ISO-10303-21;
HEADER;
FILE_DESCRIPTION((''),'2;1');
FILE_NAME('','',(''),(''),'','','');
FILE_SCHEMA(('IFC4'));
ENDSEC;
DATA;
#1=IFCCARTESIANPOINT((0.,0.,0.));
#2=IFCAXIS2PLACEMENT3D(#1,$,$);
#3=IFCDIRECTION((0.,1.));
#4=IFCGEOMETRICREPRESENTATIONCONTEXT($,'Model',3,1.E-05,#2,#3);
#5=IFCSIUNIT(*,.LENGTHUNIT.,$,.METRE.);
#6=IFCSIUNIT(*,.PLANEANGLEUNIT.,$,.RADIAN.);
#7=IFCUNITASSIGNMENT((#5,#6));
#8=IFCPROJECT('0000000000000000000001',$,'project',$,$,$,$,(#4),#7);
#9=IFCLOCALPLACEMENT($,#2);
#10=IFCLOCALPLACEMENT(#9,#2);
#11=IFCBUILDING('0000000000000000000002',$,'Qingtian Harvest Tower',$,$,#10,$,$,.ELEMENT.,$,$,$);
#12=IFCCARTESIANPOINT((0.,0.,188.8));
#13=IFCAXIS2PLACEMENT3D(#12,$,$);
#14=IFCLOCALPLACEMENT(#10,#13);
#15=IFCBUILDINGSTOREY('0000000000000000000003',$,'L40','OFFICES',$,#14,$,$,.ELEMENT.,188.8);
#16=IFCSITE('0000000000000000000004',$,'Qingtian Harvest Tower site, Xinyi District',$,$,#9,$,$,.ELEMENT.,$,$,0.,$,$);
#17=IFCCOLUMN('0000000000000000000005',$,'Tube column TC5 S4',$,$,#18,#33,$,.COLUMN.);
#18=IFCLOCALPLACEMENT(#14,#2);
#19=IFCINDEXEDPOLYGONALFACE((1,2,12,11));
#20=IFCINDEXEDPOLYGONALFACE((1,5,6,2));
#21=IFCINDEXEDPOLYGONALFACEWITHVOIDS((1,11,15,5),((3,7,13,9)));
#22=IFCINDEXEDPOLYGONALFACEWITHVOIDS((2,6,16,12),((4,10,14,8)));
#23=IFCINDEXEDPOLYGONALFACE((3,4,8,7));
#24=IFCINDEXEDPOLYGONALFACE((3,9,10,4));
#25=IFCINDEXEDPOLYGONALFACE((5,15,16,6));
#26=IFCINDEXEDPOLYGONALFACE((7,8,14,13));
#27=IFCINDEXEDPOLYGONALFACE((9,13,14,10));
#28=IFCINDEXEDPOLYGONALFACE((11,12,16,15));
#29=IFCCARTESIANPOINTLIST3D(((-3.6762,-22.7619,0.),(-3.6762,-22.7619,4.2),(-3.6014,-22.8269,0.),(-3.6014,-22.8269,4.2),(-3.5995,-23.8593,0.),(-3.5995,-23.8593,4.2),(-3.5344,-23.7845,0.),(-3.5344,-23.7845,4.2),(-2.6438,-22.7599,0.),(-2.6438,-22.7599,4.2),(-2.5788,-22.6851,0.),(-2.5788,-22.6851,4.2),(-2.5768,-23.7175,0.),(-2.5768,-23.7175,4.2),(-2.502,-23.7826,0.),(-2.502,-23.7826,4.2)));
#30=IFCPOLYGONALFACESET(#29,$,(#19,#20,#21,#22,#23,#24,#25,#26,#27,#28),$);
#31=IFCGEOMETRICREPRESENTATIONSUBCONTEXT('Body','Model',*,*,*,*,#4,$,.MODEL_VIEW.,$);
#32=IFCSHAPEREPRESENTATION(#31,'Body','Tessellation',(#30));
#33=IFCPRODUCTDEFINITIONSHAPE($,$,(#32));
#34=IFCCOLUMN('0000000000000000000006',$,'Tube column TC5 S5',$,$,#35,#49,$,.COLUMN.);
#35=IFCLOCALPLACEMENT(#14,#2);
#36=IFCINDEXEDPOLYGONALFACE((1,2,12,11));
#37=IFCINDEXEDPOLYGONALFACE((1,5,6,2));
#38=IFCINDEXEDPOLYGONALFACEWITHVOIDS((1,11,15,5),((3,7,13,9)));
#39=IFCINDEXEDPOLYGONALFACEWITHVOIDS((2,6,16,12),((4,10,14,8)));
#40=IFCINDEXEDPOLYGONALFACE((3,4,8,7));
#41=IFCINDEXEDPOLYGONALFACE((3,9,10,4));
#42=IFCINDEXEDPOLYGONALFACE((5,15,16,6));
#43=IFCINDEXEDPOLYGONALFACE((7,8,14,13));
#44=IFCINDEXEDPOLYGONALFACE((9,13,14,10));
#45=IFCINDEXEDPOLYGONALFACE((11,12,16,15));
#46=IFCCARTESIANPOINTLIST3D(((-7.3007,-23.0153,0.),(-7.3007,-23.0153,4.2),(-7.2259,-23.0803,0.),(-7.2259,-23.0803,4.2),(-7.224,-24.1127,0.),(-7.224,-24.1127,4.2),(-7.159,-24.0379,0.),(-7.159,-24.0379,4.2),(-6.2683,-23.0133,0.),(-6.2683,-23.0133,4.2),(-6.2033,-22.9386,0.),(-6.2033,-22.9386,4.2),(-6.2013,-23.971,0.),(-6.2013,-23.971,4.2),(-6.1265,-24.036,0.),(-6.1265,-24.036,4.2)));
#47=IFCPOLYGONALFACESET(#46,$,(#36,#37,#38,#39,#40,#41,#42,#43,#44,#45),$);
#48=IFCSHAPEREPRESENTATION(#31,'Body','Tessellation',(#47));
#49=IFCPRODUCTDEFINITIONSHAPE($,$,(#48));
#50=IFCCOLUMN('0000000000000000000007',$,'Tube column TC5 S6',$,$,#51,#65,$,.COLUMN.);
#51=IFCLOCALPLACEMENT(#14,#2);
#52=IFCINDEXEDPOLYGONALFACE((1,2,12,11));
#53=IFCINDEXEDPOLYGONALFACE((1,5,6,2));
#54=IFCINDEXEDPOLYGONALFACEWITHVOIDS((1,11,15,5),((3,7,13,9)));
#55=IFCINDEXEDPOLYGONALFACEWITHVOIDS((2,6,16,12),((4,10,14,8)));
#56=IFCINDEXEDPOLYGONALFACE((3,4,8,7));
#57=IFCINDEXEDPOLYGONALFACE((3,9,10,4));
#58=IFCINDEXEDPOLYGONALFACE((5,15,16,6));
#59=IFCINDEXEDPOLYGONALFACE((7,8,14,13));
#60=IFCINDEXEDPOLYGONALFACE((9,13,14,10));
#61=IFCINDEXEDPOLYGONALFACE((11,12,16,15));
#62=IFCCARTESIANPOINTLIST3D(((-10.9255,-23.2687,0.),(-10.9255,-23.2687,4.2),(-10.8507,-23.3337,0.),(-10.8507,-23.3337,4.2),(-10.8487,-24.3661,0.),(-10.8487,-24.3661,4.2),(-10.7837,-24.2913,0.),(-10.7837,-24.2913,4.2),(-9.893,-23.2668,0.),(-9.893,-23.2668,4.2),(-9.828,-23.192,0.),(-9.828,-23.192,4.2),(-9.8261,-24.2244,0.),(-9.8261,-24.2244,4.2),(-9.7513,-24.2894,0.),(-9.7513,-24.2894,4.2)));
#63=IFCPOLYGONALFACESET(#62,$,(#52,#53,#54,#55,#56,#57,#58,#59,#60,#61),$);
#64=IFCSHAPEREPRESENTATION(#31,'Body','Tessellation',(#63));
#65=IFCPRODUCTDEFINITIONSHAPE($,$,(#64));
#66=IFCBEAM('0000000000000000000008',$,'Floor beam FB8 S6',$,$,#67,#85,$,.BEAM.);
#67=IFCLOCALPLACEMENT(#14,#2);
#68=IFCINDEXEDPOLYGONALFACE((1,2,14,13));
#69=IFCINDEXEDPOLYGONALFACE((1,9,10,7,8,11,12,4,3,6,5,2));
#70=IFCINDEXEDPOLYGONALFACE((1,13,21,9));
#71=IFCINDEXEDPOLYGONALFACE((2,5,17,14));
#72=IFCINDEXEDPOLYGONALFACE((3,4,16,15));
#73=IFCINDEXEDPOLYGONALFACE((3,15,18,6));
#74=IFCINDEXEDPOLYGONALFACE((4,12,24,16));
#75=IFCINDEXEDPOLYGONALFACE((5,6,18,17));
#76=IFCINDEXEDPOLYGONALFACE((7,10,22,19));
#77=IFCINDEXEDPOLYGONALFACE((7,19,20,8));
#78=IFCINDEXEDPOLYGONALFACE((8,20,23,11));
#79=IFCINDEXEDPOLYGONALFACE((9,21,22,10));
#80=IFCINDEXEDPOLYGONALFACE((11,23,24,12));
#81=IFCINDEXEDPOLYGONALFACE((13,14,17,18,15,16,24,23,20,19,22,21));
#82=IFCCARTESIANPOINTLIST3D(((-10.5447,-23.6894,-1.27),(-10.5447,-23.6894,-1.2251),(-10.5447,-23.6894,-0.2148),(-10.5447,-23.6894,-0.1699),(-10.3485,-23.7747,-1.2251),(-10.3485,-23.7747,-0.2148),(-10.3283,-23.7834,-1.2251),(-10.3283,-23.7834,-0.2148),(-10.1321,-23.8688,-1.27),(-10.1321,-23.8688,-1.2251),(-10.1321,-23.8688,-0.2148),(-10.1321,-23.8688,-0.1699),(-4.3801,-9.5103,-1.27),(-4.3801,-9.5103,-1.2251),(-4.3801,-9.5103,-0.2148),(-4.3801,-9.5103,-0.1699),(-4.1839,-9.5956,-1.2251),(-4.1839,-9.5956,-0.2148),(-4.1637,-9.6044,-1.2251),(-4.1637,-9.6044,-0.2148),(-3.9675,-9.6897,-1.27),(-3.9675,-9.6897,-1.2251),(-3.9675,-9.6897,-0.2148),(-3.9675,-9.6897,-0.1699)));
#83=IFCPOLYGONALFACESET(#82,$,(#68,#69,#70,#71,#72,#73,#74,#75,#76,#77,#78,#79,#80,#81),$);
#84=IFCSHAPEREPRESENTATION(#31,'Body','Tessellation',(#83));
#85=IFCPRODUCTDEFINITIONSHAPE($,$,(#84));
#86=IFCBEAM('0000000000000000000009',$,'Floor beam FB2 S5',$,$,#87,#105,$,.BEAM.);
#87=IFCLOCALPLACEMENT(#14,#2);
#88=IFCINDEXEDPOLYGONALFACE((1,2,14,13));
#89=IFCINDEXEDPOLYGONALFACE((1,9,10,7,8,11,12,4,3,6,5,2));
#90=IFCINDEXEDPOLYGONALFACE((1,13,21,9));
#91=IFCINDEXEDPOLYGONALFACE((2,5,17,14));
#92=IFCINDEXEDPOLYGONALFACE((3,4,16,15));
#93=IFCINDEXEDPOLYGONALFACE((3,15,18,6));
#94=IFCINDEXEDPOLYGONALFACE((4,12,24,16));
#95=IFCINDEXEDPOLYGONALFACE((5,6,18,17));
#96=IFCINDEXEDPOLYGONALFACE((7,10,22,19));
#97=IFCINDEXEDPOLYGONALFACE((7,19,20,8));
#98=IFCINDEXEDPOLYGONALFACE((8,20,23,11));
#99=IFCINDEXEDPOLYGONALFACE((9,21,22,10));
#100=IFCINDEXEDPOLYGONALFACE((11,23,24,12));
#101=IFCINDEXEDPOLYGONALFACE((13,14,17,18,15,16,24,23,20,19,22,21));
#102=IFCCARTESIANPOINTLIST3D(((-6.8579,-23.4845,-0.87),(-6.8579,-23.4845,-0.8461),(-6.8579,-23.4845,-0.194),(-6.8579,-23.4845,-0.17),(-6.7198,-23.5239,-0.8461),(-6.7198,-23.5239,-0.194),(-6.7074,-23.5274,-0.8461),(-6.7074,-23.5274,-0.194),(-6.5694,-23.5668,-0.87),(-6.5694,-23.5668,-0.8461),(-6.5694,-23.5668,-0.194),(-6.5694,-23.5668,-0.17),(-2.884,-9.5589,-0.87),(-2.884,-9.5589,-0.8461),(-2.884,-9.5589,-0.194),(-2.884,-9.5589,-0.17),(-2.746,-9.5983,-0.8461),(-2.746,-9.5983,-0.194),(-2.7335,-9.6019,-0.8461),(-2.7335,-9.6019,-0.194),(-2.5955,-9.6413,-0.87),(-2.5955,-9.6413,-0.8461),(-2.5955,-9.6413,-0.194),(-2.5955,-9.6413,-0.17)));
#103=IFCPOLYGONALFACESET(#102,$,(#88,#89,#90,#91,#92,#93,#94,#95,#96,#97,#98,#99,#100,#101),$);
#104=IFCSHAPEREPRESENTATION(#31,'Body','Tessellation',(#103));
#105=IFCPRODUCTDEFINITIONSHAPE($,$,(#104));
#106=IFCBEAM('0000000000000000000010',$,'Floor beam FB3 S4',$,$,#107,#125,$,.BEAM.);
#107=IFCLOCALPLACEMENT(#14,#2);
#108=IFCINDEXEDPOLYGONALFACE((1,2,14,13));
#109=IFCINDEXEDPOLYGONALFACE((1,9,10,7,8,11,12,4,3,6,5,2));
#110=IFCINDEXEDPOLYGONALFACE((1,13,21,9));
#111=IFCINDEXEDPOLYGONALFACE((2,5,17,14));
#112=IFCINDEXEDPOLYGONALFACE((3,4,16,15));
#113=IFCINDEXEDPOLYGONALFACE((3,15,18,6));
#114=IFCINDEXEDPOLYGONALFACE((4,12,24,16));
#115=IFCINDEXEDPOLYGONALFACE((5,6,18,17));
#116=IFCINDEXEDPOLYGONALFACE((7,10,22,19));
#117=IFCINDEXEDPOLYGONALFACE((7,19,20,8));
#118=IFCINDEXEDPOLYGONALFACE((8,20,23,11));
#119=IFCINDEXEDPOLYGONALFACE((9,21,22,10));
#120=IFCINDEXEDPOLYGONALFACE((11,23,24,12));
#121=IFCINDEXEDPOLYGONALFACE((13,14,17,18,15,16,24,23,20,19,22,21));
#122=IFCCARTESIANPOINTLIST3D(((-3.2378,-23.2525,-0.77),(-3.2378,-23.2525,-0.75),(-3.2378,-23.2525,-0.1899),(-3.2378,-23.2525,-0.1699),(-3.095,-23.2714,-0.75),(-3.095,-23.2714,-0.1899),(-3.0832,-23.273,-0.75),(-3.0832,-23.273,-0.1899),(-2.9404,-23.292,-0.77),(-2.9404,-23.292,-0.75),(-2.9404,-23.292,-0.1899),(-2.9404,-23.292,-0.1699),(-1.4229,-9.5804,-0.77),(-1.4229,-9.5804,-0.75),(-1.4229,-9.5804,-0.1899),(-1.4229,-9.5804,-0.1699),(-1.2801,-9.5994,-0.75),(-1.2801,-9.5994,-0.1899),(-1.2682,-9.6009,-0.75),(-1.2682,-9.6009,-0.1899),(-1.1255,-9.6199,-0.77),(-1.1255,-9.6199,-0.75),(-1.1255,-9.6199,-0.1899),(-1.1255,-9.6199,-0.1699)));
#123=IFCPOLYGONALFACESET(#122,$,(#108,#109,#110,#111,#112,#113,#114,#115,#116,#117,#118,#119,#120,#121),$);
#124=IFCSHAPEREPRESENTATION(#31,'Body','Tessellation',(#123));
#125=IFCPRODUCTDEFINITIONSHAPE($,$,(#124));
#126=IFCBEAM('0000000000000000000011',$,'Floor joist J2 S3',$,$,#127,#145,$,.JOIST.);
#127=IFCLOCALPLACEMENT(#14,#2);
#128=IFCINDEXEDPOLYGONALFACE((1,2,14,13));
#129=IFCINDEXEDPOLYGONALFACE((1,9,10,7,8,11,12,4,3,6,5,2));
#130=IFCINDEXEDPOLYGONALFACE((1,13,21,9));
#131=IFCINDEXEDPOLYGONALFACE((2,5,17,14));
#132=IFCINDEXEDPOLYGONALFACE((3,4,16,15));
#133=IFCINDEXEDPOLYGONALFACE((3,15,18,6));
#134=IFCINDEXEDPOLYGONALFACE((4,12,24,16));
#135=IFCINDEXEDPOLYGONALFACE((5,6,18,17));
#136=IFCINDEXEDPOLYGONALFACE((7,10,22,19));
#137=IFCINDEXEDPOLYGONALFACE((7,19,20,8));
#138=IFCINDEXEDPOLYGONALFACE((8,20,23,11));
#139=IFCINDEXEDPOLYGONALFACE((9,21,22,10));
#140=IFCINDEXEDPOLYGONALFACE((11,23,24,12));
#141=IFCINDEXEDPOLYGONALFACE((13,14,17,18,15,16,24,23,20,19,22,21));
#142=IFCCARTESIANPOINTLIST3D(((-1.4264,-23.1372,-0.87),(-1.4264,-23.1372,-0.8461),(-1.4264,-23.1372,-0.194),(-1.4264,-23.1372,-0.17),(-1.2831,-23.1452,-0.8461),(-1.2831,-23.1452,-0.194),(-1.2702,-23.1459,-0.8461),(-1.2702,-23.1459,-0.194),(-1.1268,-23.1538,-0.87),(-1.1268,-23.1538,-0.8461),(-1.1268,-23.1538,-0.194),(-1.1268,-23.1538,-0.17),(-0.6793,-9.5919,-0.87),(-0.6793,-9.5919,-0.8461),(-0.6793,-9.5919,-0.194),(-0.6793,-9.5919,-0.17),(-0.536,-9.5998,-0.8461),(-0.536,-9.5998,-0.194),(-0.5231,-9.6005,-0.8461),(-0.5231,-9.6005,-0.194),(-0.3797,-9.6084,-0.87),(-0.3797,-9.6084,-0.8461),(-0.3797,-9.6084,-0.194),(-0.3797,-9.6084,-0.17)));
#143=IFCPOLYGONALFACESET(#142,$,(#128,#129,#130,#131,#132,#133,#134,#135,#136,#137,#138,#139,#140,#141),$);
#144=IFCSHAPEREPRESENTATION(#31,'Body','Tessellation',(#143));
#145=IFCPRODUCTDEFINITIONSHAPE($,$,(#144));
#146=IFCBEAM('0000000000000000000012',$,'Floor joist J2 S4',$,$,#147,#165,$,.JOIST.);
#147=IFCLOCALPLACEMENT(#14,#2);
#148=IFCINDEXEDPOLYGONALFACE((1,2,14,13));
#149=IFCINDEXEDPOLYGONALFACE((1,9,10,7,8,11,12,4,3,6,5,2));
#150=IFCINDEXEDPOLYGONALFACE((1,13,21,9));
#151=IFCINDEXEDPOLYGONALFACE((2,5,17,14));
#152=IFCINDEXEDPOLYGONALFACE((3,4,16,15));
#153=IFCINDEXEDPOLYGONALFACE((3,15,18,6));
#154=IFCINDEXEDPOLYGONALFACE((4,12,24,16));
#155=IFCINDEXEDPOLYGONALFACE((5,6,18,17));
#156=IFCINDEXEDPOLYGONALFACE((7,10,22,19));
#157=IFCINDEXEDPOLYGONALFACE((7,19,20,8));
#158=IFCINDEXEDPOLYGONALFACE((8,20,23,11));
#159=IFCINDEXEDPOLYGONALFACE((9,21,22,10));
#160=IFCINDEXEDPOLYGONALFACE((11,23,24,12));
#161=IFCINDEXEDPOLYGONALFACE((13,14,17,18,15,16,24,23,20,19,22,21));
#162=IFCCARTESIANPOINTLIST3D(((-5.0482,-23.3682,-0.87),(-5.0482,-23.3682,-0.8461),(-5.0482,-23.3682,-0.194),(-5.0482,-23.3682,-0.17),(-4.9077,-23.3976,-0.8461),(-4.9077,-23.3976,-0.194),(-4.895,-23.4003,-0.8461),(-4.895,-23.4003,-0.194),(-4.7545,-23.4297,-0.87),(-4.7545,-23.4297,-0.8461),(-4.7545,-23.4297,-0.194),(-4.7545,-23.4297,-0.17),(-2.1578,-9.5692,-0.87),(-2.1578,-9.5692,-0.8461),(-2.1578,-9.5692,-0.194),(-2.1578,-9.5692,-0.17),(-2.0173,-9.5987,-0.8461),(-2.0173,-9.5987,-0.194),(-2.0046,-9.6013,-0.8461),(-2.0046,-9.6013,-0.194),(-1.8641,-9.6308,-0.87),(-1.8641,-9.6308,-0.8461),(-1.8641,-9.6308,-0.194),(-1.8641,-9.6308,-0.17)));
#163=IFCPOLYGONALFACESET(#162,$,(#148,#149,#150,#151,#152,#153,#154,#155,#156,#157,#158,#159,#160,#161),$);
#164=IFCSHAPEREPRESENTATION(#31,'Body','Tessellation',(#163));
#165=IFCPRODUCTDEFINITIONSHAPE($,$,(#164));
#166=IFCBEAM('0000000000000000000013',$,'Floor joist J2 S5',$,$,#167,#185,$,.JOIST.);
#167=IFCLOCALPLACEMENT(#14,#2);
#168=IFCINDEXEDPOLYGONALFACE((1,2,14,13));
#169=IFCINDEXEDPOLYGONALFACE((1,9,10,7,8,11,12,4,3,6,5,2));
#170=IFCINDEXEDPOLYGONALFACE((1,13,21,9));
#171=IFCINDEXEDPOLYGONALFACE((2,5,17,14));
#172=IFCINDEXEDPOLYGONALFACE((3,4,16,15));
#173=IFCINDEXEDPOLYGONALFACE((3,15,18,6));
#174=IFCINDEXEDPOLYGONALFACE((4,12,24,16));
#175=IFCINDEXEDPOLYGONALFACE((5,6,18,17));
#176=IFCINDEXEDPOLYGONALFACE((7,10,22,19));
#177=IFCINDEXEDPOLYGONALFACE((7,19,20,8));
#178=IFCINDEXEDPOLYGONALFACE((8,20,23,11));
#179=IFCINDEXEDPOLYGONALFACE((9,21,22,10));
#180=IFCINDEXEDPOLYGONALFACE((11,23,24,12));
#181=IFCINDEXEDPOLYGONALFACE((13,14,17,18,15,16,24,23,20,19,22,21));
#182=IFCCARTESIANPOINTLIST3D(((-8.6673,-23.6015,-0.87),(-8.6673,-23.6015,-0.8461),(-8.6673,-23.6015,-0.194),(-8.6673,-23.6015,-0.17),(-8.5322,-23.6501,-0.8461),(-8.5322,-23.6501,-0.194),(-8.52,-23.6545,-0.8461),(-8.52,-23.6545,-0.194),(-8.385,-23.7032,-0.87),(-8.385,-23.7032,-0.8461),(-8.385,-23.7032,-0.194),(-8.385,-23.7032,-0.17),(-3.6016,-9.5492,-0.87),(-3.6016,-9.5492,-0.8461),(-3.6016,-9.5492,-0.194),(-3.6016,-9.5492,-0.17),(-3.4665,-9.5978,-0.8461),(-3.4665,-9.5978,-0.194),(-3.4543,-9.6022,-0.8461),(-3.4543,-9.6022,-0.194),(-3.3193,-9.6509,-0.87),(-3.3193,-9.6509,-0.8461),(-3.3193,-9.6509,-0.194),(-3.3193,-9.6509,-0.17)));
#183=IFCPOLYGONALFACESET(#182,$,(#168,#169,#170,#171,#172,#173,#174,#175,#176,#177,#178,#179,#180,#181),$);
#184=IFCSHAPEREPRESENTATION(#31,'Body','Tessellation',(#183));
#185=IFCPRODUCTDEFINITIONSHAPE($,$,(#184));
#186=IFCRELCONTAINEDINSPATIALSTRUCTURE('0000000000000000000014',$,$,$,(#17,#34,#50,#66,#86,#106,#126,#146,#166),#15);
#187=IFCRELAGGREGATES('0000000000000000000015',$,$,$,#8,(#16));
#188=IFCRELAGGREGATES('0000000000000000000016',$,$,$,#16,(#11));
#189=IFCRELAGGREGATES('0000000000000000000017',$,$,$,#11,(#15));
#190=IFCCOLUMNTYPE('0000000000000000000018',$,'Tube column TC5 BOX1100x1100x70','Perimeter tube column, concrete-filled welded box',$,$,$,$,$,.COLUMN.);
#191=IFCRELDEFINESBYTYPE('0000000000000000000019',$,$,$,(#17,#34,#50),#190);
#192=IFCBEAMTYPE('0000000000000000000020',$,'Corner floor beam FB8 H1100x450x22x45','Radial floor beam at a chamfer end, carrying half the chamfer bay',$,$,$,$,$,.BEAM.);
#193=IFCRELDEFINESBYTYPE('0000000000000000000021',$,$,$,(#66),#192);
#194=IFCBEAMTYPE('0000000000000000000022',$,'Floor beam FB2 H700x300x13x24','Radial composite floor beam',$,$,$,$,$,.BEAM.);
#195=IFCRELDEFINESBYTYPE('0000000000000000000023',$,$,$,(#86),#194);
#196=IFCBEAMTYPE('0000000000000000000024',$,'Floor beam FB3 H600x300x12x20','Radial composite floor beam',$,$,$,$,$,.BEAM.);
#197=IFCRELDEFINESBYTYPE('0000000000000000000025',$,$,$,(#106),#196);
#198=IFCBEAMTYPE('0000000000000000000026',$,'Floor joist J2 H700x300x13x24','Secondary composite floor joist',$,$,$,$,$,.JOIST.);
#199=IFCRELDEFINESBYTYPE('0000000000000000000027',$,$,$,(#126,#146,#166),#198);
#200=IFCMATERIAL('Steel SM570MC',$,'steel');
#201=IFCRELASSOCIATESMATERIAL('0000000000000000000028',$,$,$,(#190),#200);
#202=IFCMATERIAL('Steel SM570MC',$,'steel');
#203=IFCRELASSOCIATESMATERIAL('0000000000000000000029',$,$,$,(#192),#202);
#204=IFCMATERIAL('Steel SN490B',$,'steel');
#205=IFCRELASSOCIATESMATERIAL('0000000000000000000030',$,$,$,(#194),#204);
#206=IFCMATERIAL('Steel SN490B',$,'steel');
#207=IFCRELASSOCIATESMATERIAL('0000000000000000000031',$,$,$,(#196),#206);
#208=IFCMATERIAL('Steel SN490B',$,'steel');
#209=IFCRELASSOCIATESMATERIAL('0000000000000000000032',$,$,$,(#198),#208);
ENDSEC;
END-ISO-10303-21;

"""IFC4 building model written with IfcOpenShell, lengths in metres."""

from ifc_helpers import new_model, si_unit, direction, frame, origin, origin_2d, place, context, subcontext, project, spatial, hollow_rectangle, i_section, extrude, material, material_profile, profile_set, type_object, element, save


model = new_model("IFC4")

# Units and contexts
model_context = context("Model", 3, precision=1e-05, world=origin(), true_north=direction((0.0, 1.0)))
body_context = subcontext(model_context, "Body", "Model", "MODEL_VIEW")
ifc_project = project(units=[si_unit("LENGTHUNIT", "METRE"), si_unit("PLANEANGLEUNIT", "RADIAN")], contexts=[model_context])

# Site, building, storey
site_placement = place(None, origin())
site = spatial("IfcSite", under=ifc_project, at=site_placement, Name="Qingtian Harvest Tower site, Xinyi District", CompositionType="ELEMENT", RefElevation=0.0)
building_placement = place(site_placement, origin())
building = spatial("IfcBuilding", under=site, at=building_placement, Name="Qingtian Harvest Tower", CompositionType="ELEMENT")
storey_placement = place(building_placement, frame((0.0, 0.0, 188.8)))
storey = spatial("IfcBuildingStorey", under=building, at=storey_placement, Name="L40", Description="OFFICES", CompositionType="ELEMENT", Elevation=188.8)

# Columns
ifc_material_1 = material(Name="Steel SM570MC", Category="steel")
ifc_material_profile_1 = material_profile(ifc_material_1, hollow_rectangle(XDim=1.1001, YDim=1.1001, WallThickness=0.0701, at=origin_2d()), Name="BOX1100x1100x70")
ifc_profile_set_1 = profile_set([ifc_material_profile_1], Name="Steel SM570MC")
column_type = type_object("IfcColumnType", Name="Tube column TC5 BOX1100x1100x70", Description="Perimeter tube column, concrete-filled welded box", PredefinedType="COLUMN", material=ifc_profile_set_1)
for number, where, z_axis, x_axis, name in (
    (1, (-3.0891, -23.2722, 0.0), (0.0, 0.0, 1.0), (0.997564, 0.069756, 0.0), "Tube column TC5 S4"),
    (2, (-6.7136, -23.5256, 0.0), (0.0, 0.0, 1.0), (0.997564, 0.069756, 0.0), "Tube column TC5 S5"),
    (3, (-10.3384, -23.7791, 0.0), (0.0, 0.0, 1.0), (0.997564, 0.069756, 0.0), "Tube column TC5 S6"),
):
    element("IfcColumn", number, at=place(storey_placement, frame(where, z_axis=z_axis, x_axis=x_axis)), inside=storey, type_object=column_type, Name=name, PredefinedType="COLUMN", context=body_context, shape_type="SweptSolid", body=[
        extrude(hollow_rectangle(XDim=1.1001, YDim=1.1001, WallThickness=0.0701, at=origin_2d()), origin(), (0.0, 0.0, 1.0), 4.2),
    ])

# Beams
ifc_material_2 = material(Name="Steel SM570MC", Category="steel")
ifc_material_profile_2 = material_profile(ifc_material_2, i_section(OverallWidth=0.45, OverallDepth=1.1001, WebThickness=0.022, FlangeThickness=0.0449, at=origin_2d()), Name="H1100x450x22x45")
ifc_profile_set_2 = profile_set([ifc_material_profile_2], Name="Steel SM570MC")
beam_type_1 = type_object("IfcBeamType", Name="Corner floor beam FB8 H1100x450x22x45", Description="Radial floor beam at a chamfer end, carrying half the chamfer bay", PredefinedType="BEAM", material=ifc_profile_set_2)
beam_1_placement = place(storey_placement, frame((-10.3384, -23.7791, -0.72), z_axis=(0.398715, 0.917075, 0.0), x_axis=(-0.917075, 0.398715, 0.0)))
element("IfcBeam", 4, at=beam_1_placement, inside=storey, type_object=beam_type_1, Name="Floor beam FB8 S6", PredefinedType="BEAM", context=body_context, shape_type="SweptSolid", body=[
    extrude(i_section(OverallWidth=0.45, OverallDepth=1.1001, WebThickness=0.022, FlangeThickness=0.0449, at=origin_2d()), origin(), (0.0, 0.0, 1.0), 15.4612),
])
ifc_material_3 = material(Name="Steel SN490B", Category="steel")
ifc_material_profile_3 = material_profile(ifc_material_3, i_section(OverallWidth=0.3, OverallDepth=0.7, WebThickness=0.0129, FlangeThickness=0.0239, at=origin_2d()), Name="H700x300x13x24")
ifc_profile_set_3 = profile_set([ifc_material_profile_3], Name="Steel SN490B")
beam_type_2 = type_object("IfcBeamType", Name="Floor beam FB2 H700x300x13x24", Description="Radial composite floor beam", PredefinedType="BEAM", material=ifc_profile_set_3)
beam_2_placement = place(storey_placement, frame((-6.7136, -23.5256, -0.52), z_axis=(0.274412, 0.961612, 0.0), x_axis=(-0.961612, 0.274412, 0.0)))
element("IfcBeam", 5, at=beam_2_placement, inside=storey, type_object=beam_type_2, Name="Floor beam FB2 S5", PredefinedType="BEAM", context=body_context, shape_type="SweptSolid", body=[
    extrude(i_section(OverallWidth=0.3, OverallDepth=0.7, WebThickness=0.0129, FlangeThickness=0.0239, at=origin_2d()), origin(), (0.0, 0.0, 1.0), 14.4814),
])
ifc_material_4 = material(Name="Steel SN490B", Category="steel")
ifc_material_profile_4 = material_profile(ifc_material_4, i_section(OverallWidth=0.3, OverallDepth=0.6001, WebThickness=0.012, FlangeThickness=0.02, at=origin_2d()), Name="H600x300x12x20")
ifc_profile_set_4 = profile_set([ifc_material_profile_4], Name="Steel SN490B")
beam_type_3 = type_object("IfcBeamType", Name="Floor beam FB3 H600x300x12x20", Description="Radial composite floor beam", PredefinedType="BEAM", material=ifc_profile_set_4)
beam_3_placement = place(storey_placement, frame((-3.0891, -23.2722, -0.47), z_axis=(0.131593, 0.991304, 0.0), x_axis=(-0.991304, 0.131593, 0.0)))
element("IfcBeam", 6, at=beam_3_placement, inside=storey, type_object=beam_type_3, Name="Floor beam FB3 S4", PredefinedType="BEAM", context=body_context, shape_type="SweptSolid", body=[
    extrude(i_section(OverallWidth=0.3, OverallDepth=0.6001, WebThickness=0.012, FlangeThickness=0.02, at=origin_2d()), origin(), (0.0, 0.0, 1.0), 13.792),
])
ifc_material_5 = material(Name="Steel SN490B", Category="steel")
ifc_material_profile_5 = material_profile(ifc_material_5, i_section(OverallWidth=0.3, OverallDepth=0.7, WebThickness=0.0129, FlangeThickness=0.0239, at=origin_2d()), Name="H700x300x13x24")
ifc_profile_set_5 = profile_set([ifc_material_profile_5], Name="Steel SN490B")
beam_type_4 = type_object("IfcBeamType", Name="Floor joist J2 H700x300x13x24", Description="Secondary composite floor joist", PredefinedType="JOIST", material=ifc_profile_set_5)
beam_4_placement = place(storey_placement, frame((-1.2766, -23.1455, -0.52), z_axis=(0.055069, 0.998483, 0.0), x_axis=(-0.998483, 0.055069, 0.0)))
element("IfcBeam", 7, at=beam_4_placement, inside=storey, type_object=beam_type_4, Name="Floor joist J2 S3", PredefinedType="JOIST", context=body_context, shape_type="SweptSolid", body=[
    extrude(i_section(OverallWidth=0.3, OverallDepth=0.7, WebThickness=0.0129, FlangeThickness=0.0239, at=origin_2d()), origin(), (0.0, 0.0, 1.0), 13.5659),
])
beam_5_placement = place(storey_placement, frame((-4.9014, -23.3989, -0.52), z_axis=(0.205016, 0.978759, 0.0), x_axis=(-0.978759, 0.205016, 0.0)))
element("IfcBeam", 8, at=beam_5_placement, inside=storey, type_object=beam_type_4, Name="Floor joist J2 S4", PredefinedType="JOIST", context=body_context, shape_type="SweptSolid", body=[
    extrude(i_section(OverallWidth=0.3, OverallDepth=0.7, WebThickness=0.0129, FlangeThickness=0.0239, at=origin_2d()), origin(), (0.0, 0.0, 1.0), 14.0984),
])
beam_6_placement = place(storey_placement, frame((-8.5261, -23.6523, -0.52), z_axis=(0.339126, 0.940741, 0.0), x_axis=(-0.940741, 0.339126, 0.0)))
element("IfcBeam", 9, at=beam_6_placement, inside=storey, type_object=beam_type_4, Name="Floor joist J2 S5", PredefinedType="JOIST", context=body_context, shape_type="SweptSolid", body=[
    extrude(i_section(OverallWidth=0.3, OverallDepth=0.7, WebThickness=0.0129, FlangeThickness=0.0239, at=origin_2d()), origin(), (0.0, 0.0, 1.0), 14.9375),
])

save(model, "model.ifc")
